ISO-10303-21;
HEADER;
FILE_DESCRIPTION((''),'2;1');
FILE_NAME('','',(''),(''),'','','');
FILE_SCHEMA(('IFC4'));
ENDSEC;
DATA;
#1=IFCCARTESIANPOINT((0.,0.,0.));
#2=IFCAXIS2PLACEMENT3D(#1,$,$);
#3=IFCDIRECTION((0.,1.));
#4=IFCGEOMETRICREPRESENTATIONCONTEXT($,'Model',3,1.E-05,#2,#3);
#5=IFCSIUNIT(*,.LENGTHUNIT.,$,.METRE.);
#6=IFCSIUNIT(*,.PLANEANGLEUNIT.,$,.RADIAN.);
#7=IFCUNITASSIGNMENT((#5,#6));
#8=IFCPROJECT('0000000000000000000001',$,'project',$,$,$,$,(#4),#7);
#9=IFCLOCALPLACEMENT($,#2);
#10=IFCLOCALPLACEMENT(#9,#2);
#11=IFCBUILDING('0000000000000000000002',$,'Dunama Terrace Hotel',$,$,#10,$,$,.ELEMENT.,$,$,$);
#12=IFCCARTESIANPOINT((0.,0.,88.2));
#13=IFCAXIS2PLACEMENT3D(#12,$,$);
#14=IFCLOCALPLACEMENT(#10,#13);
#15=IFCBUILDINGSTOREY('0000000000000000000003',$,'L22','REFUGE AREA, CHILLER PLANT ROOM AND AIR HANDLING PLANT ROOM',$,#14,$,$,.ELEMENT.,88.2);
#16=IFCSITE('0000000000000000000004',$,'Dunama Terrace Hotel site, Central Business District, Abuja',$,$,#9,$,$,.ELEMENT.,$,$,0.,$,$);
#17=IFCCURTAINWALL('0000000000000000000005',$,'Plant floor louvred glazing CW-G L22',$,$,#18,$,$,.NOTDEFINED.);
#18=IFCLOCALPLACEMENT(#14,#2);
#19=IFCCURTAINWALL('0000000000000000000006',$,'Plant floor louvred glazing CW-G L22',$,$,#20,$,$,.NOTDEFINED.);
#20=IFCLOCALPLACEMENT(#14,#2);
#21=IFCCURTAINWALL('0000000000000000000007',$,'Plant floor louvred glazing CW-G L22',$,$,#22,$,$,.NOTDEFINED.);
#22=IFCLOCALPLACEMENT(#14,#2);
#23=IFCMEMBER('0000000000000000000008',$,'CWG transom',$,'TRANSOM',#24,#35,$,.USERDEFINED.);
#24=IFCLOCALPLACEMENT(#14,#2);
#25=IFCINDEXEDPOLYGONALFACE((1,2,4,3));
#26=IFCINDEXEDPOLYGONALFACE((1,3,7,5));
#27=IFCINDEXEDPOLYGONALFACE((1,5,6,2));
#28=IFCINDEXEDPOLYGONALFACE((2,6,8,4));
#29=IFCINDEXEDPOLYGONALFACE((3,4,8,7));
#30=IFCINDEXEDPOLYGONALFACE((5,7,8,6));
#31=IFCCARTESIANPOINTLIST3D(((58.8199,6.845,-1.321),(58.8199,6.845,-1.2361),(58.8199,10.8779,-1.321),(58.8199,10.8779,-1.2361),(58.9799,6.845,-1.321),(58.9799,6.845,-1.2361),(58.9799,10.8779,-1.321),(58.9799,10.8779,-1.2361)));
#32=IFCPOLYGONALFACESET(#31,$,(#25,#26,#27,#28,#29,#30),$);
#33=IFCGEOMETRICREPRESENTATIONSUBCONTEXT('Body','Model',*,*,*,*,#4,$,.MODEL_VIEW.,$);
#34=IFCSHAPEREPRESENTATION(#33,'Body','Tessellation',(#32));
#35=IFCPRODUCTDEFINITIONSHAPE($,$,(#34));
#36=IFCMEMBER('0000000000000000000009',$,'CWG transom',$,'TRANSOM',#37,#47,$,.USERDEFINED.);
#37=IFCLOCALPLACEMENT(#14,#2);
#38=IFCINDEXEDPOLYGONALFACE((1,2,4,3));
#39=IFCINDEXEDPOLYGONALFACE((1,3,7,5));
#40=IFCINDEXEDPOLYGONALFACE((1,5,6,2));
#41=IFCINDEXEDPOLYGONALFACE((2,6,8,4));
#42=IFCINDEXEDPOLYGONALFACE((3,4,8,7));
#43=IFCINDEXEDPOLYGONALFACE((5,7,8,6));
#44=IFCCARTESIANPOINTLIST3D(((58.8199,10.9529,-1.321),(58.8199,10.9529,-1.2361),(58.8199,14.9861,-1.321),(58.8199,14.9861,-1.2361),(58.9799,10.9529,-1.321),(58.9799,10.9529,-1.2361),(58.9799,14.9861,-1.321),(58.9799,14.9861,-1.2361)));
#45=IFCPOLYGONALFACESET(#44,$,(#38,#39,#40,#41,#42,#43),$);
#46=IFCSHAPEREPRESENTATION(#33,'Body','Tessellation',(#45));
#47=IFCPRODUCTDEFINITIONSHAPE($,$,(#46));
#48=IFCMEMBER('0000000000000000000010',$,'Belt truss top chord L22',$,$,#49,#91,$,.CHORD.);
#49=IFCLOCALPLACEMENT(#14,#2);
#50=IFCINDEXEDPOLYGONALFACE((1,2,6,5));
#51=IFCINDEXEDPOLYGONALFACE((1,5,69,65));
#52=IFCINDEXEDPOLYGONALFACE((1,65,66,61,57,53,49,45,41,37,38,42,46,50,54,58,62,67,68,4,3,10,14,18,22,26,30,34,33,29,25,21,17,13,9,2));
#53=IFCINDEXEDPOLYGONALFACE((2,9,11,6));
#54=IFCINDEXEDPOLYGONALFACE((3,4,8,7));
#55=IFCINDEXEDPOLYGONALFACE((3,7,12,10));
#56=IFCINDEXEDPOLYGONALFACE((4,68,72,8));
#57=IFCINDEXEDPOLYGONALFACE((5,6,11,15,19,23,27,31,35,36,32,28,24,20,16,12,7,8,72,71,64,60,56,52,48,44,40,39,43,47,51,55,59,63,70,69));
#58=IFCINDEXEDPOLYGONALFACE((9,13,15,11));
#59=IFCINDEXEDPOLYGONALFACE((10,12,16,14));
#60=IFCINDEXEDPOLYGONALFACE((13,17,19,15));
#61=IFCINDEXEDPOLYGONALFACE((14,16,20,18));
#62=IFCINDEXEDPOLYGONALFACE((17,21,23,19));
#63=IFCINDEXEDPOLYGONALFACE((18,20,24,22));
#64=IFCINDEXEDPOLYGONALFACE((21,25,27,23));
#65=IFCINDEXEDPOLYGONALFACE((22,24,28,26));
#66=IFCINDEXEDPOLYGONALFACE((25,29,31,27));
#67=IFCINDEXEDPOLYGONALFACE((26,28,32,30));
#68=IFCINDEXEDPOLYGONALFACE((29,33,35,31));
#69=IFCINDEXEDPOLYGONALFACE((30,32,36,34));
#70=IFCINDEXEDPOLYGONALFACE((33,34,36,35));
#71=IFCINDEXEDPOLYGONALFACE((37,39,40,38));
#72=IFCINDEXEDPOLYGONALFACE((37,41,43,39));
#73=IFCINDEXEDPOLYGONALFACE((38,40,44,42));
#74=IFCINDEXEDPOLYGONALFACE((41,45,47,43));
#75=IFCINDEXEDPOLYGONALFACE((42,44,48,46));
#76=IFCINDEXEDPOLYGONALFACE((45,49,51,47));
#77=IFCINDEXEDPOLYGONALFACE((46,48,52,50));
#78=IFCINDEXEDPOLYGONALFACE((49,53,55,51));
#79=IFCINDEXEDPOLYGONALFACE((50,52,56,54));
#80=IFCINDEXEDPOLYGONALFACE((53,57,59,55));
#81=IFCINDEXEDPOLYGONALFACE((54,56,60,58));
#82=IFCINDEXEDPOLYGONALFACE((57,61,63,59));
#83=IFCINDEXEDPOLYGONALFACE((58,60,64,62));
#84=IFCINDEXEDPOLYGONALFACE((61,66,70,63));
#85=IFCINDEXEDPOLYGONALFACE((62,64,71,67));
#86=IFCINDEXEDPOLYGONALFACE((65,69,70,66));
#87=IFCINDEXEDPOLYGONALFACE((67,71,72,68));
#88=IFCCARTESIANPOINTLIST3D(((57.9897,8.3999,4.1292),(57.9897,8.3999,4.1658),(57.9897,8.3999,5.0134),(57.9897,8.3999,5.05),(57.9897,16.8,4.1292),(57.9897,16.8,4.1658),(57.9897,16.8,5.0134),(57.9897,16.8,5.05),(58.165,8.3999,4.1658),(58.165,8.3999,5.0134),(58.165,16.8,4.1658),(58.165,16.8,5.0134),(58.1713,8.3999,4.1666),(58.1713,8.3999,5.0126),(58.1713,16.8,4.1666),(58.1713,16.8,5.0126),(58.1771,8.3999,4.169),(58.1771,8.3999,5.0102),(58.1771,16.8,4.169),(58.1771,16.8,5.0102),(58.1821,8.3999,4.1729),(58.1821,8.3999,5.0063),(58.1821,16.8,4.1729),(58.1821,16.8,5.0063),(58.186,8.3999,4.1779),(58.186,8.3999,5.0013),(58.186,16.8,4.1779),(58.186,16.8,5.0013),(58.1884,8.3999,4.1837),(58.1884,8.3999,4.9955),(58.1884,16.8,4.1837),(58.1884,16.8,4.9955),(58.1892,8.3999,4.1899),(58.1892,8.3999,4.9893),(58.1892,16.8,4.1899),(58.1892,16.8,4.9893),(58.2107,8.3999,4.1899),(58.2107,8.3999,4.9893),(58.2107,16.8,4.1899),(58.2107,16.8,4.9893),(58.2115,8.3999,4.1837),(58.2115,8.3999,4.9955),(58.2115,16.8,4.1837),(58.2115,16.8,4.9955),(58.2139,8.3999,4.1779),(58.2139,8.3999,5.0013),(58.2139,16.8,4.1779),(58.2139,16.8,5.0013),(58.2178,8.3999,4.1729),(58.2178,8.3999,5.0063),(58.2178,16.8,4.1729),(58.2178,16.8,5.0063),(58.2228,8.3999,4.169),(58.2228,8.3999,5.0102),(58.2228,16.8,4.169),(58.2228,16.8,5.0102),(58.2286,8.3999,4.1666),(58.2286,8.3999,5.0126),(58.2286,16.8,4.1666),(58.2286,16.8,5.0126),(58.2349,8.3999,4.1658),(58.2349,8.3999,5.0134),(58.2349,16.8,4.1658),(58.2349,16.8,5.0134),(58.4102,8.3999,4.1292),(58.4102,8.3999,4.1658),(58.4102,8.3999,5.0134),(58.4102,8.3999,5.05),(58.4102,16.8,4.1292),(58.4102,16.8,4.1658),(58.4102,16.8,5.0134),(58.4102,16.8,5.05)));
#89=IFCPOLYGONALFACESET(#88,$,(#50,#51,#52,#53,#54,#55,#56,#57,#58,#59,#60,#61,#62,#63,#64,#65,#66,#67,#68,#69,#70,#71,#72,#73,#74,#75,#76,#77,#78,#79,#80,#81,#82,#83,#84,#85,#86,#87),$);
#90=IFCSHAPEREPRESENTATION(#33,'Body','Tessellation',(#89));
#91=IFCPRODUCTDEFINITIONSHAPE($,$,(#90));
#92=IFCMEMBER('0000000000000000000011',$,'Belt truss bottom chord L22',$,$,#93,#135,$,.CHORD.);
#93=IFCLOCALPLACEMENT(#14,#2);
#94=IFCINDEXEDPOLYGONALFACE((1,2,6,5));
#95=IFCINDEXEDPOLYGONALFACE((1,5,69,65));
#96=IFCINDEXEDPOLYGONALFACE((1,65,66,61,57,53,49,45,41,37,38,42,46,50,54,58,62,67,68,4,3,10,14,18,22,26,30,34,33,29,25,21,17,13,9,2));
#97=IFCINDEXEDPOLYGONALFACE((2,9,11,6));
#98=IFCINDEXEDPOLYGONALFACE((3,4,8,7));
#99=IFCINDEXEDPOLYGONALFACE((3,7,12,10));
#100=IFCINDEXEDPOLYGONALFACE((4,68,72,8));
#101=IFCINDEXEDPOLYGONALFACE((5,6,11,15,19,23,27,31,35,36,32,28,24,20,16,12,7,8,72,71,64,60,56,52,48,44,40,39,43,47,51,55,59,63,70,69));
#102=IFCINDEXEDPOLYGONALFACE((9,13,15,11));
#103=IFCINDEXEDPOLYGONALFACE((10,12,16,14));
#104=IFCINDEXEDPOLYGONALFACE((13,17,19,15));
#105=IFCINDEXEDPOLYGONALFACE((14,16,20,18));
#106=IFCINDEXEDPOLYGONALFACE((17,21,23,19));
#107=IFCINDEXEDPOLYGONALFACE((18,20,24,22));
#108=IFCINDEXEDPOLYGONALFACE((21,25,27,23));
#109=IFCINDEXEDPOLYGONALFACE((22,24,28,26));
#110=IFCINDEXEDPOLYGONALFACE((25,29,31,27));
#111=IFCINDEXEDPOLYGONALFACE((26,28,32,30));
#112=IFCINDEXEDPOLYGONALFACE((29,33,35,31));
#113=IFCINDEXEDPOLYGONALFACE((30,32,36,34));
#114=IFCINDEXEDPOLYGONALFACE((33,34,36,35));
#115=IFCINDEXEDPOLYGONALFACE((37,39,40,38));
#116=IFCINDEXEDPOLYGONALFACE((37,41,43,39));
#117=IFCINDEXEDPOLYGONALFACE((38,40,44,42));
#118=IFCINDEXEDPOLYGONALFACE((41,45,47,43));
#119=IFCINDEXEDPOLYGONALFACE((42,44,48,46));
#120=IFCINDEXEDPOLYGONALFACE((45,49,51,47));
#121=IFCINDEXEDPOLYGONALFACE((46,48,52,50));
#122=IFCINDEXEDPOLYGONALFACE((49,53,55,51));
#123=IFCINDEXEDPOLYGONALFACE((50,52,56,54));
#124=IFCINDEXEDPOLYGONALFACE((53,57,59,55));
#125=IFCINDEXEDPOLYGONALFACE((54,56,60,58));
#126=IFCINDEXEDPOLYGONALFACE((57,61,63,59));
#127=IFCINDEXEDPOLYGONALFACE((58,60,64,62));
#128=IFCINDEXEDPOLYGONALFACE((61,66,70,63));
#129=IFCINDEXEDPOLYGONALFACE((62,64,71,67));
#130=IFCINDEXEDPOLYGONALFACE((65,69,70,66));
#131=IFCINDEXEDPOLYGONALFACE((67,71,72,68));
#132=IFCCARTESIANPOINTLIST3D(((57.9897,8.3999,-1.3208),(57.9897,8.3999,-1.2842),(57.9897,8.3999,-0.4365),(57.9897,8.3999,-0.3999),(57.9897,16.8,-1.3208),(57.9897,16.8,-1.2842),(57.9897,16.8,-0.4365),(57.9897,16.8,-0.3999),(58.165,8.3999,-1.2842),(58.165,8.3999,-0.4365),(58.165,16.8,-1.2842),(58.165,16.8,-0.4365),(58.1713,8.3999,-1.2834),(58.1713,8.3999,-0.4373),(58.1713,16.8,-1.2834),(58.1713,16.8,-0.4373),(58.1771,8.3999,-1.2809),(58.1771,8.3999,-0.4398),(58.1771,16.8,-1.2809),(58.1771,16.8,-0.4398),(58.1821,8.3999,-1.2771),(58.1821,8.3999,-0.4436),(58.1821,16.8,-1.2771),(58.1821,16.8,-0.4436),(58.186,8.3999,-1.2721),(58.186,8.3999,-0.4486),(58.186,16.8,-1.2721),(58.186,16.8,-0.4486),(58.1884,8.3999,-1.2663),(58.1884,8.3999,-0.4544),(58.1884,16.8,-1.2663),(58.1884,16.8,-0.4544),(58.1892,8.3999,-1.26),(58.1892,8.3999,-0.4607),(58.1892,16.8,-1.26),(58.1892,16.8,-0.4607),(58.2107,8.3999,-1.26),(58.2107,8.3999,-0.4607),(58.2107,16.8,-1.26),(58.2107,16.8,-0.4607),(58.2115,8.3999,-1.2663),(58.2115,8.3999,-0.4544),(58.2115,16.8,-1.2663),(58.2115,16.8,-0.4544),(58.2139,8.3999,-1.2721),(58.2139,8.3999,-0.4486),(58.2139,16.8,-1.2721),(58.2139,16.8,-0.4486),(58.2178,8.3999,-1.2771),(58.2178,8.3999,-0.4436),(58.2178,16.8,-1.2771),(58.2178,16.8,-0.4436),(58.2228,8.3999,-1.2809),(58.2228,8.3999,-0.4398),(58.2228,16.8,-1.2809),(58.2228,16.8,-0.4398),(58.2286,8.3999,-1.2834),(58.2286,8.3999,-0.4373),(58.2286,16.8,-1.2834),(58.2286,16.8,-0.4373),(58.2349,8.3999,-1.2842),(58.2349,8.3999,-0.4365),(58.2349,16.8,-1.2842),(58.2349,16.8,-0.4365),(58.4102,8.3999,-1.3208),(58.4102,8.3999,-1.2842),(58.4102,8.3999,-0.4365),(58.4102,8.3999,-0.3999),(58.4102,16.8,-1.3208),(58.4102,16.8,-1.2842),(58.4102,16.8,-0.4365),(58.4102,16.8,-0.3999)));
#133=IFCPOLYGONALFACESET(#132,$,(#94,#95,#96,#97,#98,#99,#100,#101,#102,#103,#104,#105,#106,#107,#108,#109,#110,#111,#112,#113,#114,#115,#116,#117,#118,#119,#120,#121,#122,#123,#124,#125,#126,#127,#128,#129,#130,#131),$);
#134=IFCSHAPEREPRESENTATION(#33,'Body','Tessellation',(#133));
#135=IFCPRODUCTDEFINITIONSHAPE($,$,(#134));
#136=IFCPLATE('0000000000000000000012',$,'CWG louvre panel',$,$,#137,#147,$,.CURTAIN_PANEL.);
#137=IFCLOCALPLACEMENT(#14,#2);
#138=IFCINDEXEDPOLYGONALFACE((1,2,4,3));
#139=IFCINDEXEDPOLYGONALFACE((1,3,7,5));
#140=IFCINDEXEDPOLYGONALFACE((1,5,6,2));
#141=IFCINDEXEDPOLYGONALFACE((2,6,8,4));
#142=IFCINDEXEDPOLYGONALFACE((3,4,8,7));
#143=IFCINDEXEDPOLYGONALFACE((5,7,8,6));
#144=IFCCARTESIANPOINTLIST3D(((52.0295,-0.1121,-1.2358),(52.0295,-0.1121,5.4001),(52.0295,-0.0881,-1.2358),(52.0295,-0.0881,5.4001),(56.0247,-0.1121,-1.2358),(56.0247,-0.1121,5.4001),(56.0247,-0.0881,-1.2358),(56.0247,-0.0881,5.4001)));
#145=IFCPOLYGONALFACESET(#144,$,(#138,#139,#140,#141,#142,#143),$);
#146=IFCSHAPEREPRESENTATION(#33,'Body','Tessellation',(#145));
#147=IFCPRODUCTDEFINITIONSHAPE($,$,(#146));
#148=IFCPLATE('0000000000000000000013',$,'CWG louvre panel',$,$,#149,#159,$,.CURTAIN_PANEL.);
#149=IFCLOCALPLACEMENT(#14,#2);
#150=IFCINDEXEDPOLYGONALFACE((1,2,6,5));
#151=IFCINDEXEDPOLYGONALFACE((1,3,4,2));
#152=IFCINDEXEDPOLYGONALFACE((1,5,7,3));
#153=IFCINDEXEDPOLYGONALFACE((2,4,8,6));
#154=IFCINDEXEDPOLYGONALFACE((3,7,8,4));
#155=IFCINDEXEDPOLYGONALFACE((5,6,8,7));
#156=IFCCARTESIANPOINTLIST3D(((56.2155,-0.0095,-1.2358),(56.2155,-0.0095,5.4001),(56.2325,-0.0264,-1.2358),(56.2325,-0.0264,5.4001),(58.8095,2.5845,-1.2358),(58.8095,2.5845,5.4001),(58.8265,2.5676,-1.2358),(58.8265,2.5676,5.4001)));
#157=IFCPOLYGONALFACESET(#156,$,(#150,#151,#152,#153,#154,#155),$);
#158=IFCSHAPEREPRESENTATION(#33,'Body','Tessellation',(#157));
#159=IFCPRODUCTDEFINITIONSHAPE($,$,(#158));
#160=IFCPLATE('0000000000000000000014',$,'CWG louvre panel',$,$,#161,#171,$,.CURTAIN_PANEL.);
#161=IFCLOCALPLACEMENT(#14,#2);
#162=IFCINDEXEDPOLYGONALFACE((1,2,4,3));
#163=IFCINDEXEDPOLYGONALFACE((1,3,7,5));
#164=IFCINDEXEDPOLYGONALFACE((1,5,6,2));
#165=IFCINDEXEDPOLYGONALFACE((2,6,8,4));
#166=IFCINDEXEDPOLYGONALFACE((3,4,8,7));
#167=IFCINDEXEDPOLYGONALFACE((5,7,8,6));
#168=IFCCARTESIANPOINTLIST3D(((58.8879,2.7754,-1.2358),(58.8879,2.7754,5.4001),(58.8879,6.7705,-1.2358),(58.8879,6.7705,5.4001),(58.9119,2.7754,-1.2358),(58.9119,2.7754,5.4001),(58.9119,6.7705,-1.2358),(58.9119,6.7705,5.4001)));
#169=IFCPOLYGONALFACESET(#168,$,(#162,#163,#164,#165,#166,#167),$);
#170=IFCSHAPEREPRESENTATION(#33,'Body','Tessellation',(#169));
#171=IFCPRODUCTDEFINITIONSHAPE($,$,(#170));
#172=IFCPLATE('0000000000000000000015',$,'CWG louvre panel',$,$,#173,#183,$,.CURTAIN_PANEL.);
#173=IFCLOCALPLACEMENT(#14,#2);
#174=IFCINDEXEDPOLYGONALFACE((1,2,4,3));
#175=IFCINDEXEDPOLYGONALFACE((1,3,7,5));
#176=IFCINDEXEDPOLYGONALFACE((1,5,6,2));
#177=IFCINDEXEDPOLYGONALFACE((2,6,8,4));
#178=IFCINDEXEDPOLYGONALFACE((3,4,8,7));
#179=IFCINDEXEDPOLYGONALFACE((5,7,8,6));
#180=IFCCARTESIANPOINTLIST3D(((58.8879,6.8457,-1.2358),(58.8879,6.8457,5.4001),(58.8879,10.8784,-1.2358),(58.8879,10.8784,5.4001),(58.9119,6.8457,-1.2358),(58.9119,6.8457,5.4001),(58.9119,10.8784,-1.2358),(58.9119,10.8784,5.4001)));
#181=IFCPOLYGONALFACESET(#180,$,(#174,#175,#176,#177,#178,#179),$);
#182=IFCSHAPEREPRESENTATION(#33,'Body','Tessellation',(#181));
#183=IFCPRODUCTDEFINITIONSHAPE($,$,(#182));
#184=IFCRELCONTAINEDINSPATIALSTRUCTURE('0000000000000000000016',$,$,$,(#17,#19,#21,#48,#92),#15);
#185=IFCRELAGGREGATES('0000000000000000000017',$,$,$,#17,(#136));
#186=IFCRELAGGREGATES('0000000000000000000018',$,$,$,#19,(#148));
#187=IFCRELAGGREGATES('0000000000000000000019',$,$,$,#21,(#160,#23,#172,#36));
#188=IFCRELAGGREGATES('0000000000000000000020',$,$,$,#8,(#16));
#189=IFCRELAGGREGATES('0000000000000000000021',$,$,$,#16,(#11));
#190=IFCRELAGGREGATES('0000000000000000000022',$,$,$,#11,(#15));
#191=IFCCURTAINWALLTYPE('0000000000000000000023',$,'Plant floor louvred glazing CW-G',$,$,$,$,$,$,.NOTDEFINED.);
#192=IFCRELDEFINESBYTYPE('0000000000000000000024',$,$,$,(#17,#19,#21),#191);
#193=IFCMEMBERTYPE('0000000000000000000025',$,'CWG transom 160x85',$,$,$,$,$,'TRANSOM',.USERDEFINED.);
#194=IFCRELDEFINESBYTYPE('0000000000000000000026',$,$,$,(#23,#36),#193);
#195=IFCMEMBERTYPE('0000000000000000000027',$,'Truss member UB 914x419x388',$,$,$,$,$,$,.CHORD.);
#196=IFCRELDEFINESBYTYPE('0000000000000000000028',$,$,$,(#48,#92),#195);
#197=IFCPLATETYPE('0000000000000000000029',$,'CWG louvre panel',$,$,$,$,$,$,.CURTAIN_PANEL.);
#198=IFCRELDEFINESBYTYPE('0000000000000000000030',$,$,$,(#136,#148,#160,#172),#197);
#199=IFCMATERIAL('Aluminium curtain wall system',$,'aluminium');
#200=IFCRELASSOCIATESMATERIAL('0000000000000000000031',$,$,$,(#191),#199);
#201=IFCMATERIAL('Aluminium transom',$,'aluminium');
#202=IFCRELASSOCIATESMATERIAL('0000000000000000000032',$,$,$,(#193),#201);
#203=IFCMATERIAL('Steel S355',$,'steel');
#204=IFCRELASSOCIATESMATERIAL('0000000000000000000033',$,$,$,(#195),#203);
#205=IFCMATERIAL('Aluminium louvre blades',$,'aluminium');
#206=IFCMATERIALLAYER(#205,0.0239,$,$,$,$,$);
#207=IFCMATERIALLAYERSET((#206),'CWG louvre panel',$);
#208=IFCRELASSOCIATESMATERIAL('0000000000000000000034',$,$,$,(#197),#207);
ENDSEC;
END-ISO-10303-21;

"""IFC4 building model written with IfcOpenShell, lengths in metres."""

from ifc_helpers import new_model, si_unit, direction, frame, origin, origin_2d, place, context, subcontext, project, spatial, rectangle, i_section, extrude, material, layer, layer_set, material_profile, profile_set, type_object, element, aggregate, save


model = new_model("IFC4")

# Units and contexts
model_context = context("Model", 3, precision=1e-05, world=origin(), true_north=direction((0.0, 1.0)))
body_context = subcontext(model_context, "Body", "Model", "MODEL_VIEW")
ifc_project = project(units=[si_unit("LENGTHUNIT", "METRE"), si_unit("PLANEANGLEUNIT", "RADIAN")], contexts=[model_context])

# Site, building, storey
site_placement = place(None, origin())
site = spatial("IfcSite", under=ifc_project, at=site_placement, Name="Dunama Terrace Hotel site, Central Business District, Abuja", CompositionType="ELEMENT", RefElevation=0.0)
building_placement = place(site_placement, origin())
building = spatial("IfcBuilding", under=site, at=building_placement, Name="Dunama Terrace Hotel", CompositionType="ELEMENT")
storey_placement = place(building_placement, frame((0.0, 0.0, 88.2)))
storey = spatial("IfcBuildingStorey", under=building, at=storey_placement, Name="L22", Description="REFUGE AREA, CHILLER PLANT ROOM AND AIR HANDLING PLANT ROOM", CompositionType="ELEMENT", Elevation=88.2)

# Curtain walls
ifc_material_1 = material(Name="Aluminium curtain wall system", Category="aluminium")
curtain_wall_type = type_object("IfcCurtainWallType", Name="Plant floor louvred glazing CW-G", PredefinedType="NOTDEFINED", material=ifc_material_1)
curtain_wall_1_placement = place(storey_placement, origin())
curtain_wall_1 = element("IfcCurtainWall", 1, at=curtain_wall_1_placement, inside=storey, type_object=curtain_wall_type, Name="Plant floor louvred glazing CW-G L22", PredefinedType="NOTDEFINED")
curtain_wall_2_placement = place(storey_placement, origin())
curtain_wall_2 = element("IfcCurtainWall", 2, at=curtain_wall_2_placement, inside=storey, type_object=curtain_wall_type, Name="Plant floor louvred glazing CW-G L22", PredefinedType="NOTDEFINED")
curtain_wall_3_placement = place(storey_placement, origin())
curtain_wall_3 = element("IfcCurtainWall", 3, at=curtain_wall_3_placement, inside=storey, type_object=curtain_wall_type, Name="Plant floor louvred glazing CW-G L22", PredefinedType="NOTDEFINED")

# Members
ifc_material_2 = material(Name="Aluminium transom", Category="aluminium")
ifc_material_profile_1 = material_profile(ifc_material_2, rectangle(XDim=0.1599, YDim=0.085, at=origin_2d()), Name="CWG TRANSOM 160X85")
ifc_profile_set_1 = profile_set([ifc_material_profile_1], Name="Aluminium transom")
member_type_1 = type_object("IfcMemberType", Name="CWG transom 160x85", ElementType="TRANSOM", PredefinedType="USERDEFINED", material=ifc_profile_set_1)
member_1_placement = place(storey_placement, frame((58.8999, 6.845, -1.2786), z_axis=(0.0, 1.0, 0.0), x_axis=(-1.0, 0.0, 0.0)))
member_1 = element("IfcMember", 4, at=member_1_placement, type_object=member_type_1, Name="CWG transom", ObjectType="TRANSOM", PredefinedType="USERDEFINED", context=body_context, shape_type="SweptSolid", body=[
    extrude(rectangle(XDim=0.1599, YDim=0.085, at=origin_2d()), origin(), (0.0, 0.0, 1.0), 4.033),
])
member_2_placement = place(storey_placement, frame((58.8999, 10.9529, -1.2786), z_axis=(0.0, 1.0, 0.0), x_axis=(-1.0, 0.0, 0.0)))
member_2 = element("IfcMember", 5, at=member_2_placement, type_object=member_type_1, Name="CWG transom", ObjectType="TRANSOM", PredefinedType="USERDEFINED", context=body_context, shape_type="SweptSolid", body=[
    extrude(rectangle(XDim=0.1599, YDim=0.085, at=origin_2d()), origin(), (0.0, 0.0, 1.0), 4.0332),
])

# Members
ifc_material_3 = material(Name="Steel S355", Category="steel")
ifc_material_profile_2 = material_profile(ifc_material_3, i_section(OverallWidth=0.4204, OverallDepth=0.9209, WebThickness=0.0215, FlangeThickness=0.0366, FilletRadius=0.0242, at=origin_2d()), Name="UB 914x419x388")
ifc_profile_set_2 = profile_set([ifc_material_profile_2], Name="Steel S355")
member_type_2 = type_object("IfcMemberType", Name="Truss member UB 914x419x388", PredefinedType="CHORD", material=ifc_profile_set_2)
for number, where, z_axis, x_axis, name in (
    (6, (58.2, 8.3999, 4.5896), (0.0, 1.0, 0.0), (-1.0, 0.0, 0.0), "Belt truss top chord L22"),
    (7, (58.2, 8.3999, -0.8604), (0.0, 1.0, 0.0), (-1.0, 0.0, 0.0), "Belt truss bottom chord L22"),
):
    element("IfcMember", number, at=place(storey_placement, frame(where, z_axis=z_axis, x_axis=x_axis)), inside=storey, type_object=member_type_2, Name=name, PredefinedType="CHORD", context=body_context, shape_type="SweptSolid", body=[
        extrude(i_section(OverallWidth=0.4204, OverallDepth=0.9209, WebThickness=0.0215, FlangeThickness=0.0366, FilletRadius=0.0242, at=origin_2d()), origin(), (0.0, 0.0, 1.0), 8.4001),
    ])

# Plates
ifc_material_4 = material(Name="Aluminium louvre blades", Category="aluminium")
ifc_layer = layer(ifc_material_4, 0.0239)
ifc_layer_set = layer_set([ifc_layer], Name="CWG louvre panel")
plate_type = type_object("IfcPlateType", Name="CWG louvre panel", PredefinedType="CURTAIN_PANEL", material=ifc_layer_set)
plate_1_placement = place(storey_placement, frame((54.0271, -0.1001, -1.2358), z_axis=(0.0, 0.0, 1.0), x_axis=(1.0, 0.0, 0.0)))
plate_1 = element("IfcPlate", 8, at=plate_1_placement, type_object=plate_type, Name="CWG louvre panel", PredefinedType="CURTAIN_PANEL", context=body_context, shape_type="SweptSolid", body=[
    extrude(rectangle(XDim=3.9951, YDim=0.0239, at=origin_2d()), origin(), (0.0, 0.0, 1.0), 6.636),
])
aggregate(curtain_wall_1, [plate_1])
plate_2_placement = place(storey_placement, frame((57.521, 1.2791, -1.2358), z_axis=(0.0, 0.0, 1.0), x_axis=(0.707107, 0.707107, 0.0)))
plate_2 = element("IfcPlate", 9, at=plate_2_placement, type_object=plate_type, Name="CWG louvre panel", PredefinedType="CURTAIN_PANEL", context=body_context, shape_type="SweptSolid", body=[
    extrude(rectangle(XDim=3.6685, YDim=0.0239, at=origin_2d()), origin(), (0.0, 0.0, 1.0), 6.636),
])
aggregate(curtain_wall_2, [plate_2])
plate_3_placement = place(storey_placement, frame((58.8999, 4.7729, -1.2358), z_axis=(0.0, 0.0, 1.0), x_axis=(0.0, 1.0, 0.0)))
plate_3 = element("IfcPlate", 10, at=plate_3_placement, type_object=plate_type, Name="CWG louvre panel", PredefinedType="CURTAIN_PANEL", context=body_context, shape_type="SweptSolid", body=[
    extrude(rectangle(XDim=3.9951, YDim=0.0239, at=origin_2d()), origin(), (0.0, 0.0, 1.0), 6.636),
])
plate_4_placement = place(storey_placement, frame((58.8999, 8.8621, -1.2358), z_axis=(0.0, 0.0, 1.0), x_axis=(0.0, 1.0, 0.0)))
plate_4 = element("IfcPlate", 11, at=plate_4_placement, type_object=plate_type, Name="CWG louvre panel", PredefinedType="CURTAIN_PANEL", context=body_context, shape_type="SweptSolid", body=[
    extrude(rectangle(XDim=4.0327, YDim=0.0239, at=origin_2d()), origin(), (0.0, 0.0, 1.0), 6.636),
])
aggregate(curtain_wall_3, [plate_3, member_1, plate_4, member_2])

save(model, "model.ifc")
